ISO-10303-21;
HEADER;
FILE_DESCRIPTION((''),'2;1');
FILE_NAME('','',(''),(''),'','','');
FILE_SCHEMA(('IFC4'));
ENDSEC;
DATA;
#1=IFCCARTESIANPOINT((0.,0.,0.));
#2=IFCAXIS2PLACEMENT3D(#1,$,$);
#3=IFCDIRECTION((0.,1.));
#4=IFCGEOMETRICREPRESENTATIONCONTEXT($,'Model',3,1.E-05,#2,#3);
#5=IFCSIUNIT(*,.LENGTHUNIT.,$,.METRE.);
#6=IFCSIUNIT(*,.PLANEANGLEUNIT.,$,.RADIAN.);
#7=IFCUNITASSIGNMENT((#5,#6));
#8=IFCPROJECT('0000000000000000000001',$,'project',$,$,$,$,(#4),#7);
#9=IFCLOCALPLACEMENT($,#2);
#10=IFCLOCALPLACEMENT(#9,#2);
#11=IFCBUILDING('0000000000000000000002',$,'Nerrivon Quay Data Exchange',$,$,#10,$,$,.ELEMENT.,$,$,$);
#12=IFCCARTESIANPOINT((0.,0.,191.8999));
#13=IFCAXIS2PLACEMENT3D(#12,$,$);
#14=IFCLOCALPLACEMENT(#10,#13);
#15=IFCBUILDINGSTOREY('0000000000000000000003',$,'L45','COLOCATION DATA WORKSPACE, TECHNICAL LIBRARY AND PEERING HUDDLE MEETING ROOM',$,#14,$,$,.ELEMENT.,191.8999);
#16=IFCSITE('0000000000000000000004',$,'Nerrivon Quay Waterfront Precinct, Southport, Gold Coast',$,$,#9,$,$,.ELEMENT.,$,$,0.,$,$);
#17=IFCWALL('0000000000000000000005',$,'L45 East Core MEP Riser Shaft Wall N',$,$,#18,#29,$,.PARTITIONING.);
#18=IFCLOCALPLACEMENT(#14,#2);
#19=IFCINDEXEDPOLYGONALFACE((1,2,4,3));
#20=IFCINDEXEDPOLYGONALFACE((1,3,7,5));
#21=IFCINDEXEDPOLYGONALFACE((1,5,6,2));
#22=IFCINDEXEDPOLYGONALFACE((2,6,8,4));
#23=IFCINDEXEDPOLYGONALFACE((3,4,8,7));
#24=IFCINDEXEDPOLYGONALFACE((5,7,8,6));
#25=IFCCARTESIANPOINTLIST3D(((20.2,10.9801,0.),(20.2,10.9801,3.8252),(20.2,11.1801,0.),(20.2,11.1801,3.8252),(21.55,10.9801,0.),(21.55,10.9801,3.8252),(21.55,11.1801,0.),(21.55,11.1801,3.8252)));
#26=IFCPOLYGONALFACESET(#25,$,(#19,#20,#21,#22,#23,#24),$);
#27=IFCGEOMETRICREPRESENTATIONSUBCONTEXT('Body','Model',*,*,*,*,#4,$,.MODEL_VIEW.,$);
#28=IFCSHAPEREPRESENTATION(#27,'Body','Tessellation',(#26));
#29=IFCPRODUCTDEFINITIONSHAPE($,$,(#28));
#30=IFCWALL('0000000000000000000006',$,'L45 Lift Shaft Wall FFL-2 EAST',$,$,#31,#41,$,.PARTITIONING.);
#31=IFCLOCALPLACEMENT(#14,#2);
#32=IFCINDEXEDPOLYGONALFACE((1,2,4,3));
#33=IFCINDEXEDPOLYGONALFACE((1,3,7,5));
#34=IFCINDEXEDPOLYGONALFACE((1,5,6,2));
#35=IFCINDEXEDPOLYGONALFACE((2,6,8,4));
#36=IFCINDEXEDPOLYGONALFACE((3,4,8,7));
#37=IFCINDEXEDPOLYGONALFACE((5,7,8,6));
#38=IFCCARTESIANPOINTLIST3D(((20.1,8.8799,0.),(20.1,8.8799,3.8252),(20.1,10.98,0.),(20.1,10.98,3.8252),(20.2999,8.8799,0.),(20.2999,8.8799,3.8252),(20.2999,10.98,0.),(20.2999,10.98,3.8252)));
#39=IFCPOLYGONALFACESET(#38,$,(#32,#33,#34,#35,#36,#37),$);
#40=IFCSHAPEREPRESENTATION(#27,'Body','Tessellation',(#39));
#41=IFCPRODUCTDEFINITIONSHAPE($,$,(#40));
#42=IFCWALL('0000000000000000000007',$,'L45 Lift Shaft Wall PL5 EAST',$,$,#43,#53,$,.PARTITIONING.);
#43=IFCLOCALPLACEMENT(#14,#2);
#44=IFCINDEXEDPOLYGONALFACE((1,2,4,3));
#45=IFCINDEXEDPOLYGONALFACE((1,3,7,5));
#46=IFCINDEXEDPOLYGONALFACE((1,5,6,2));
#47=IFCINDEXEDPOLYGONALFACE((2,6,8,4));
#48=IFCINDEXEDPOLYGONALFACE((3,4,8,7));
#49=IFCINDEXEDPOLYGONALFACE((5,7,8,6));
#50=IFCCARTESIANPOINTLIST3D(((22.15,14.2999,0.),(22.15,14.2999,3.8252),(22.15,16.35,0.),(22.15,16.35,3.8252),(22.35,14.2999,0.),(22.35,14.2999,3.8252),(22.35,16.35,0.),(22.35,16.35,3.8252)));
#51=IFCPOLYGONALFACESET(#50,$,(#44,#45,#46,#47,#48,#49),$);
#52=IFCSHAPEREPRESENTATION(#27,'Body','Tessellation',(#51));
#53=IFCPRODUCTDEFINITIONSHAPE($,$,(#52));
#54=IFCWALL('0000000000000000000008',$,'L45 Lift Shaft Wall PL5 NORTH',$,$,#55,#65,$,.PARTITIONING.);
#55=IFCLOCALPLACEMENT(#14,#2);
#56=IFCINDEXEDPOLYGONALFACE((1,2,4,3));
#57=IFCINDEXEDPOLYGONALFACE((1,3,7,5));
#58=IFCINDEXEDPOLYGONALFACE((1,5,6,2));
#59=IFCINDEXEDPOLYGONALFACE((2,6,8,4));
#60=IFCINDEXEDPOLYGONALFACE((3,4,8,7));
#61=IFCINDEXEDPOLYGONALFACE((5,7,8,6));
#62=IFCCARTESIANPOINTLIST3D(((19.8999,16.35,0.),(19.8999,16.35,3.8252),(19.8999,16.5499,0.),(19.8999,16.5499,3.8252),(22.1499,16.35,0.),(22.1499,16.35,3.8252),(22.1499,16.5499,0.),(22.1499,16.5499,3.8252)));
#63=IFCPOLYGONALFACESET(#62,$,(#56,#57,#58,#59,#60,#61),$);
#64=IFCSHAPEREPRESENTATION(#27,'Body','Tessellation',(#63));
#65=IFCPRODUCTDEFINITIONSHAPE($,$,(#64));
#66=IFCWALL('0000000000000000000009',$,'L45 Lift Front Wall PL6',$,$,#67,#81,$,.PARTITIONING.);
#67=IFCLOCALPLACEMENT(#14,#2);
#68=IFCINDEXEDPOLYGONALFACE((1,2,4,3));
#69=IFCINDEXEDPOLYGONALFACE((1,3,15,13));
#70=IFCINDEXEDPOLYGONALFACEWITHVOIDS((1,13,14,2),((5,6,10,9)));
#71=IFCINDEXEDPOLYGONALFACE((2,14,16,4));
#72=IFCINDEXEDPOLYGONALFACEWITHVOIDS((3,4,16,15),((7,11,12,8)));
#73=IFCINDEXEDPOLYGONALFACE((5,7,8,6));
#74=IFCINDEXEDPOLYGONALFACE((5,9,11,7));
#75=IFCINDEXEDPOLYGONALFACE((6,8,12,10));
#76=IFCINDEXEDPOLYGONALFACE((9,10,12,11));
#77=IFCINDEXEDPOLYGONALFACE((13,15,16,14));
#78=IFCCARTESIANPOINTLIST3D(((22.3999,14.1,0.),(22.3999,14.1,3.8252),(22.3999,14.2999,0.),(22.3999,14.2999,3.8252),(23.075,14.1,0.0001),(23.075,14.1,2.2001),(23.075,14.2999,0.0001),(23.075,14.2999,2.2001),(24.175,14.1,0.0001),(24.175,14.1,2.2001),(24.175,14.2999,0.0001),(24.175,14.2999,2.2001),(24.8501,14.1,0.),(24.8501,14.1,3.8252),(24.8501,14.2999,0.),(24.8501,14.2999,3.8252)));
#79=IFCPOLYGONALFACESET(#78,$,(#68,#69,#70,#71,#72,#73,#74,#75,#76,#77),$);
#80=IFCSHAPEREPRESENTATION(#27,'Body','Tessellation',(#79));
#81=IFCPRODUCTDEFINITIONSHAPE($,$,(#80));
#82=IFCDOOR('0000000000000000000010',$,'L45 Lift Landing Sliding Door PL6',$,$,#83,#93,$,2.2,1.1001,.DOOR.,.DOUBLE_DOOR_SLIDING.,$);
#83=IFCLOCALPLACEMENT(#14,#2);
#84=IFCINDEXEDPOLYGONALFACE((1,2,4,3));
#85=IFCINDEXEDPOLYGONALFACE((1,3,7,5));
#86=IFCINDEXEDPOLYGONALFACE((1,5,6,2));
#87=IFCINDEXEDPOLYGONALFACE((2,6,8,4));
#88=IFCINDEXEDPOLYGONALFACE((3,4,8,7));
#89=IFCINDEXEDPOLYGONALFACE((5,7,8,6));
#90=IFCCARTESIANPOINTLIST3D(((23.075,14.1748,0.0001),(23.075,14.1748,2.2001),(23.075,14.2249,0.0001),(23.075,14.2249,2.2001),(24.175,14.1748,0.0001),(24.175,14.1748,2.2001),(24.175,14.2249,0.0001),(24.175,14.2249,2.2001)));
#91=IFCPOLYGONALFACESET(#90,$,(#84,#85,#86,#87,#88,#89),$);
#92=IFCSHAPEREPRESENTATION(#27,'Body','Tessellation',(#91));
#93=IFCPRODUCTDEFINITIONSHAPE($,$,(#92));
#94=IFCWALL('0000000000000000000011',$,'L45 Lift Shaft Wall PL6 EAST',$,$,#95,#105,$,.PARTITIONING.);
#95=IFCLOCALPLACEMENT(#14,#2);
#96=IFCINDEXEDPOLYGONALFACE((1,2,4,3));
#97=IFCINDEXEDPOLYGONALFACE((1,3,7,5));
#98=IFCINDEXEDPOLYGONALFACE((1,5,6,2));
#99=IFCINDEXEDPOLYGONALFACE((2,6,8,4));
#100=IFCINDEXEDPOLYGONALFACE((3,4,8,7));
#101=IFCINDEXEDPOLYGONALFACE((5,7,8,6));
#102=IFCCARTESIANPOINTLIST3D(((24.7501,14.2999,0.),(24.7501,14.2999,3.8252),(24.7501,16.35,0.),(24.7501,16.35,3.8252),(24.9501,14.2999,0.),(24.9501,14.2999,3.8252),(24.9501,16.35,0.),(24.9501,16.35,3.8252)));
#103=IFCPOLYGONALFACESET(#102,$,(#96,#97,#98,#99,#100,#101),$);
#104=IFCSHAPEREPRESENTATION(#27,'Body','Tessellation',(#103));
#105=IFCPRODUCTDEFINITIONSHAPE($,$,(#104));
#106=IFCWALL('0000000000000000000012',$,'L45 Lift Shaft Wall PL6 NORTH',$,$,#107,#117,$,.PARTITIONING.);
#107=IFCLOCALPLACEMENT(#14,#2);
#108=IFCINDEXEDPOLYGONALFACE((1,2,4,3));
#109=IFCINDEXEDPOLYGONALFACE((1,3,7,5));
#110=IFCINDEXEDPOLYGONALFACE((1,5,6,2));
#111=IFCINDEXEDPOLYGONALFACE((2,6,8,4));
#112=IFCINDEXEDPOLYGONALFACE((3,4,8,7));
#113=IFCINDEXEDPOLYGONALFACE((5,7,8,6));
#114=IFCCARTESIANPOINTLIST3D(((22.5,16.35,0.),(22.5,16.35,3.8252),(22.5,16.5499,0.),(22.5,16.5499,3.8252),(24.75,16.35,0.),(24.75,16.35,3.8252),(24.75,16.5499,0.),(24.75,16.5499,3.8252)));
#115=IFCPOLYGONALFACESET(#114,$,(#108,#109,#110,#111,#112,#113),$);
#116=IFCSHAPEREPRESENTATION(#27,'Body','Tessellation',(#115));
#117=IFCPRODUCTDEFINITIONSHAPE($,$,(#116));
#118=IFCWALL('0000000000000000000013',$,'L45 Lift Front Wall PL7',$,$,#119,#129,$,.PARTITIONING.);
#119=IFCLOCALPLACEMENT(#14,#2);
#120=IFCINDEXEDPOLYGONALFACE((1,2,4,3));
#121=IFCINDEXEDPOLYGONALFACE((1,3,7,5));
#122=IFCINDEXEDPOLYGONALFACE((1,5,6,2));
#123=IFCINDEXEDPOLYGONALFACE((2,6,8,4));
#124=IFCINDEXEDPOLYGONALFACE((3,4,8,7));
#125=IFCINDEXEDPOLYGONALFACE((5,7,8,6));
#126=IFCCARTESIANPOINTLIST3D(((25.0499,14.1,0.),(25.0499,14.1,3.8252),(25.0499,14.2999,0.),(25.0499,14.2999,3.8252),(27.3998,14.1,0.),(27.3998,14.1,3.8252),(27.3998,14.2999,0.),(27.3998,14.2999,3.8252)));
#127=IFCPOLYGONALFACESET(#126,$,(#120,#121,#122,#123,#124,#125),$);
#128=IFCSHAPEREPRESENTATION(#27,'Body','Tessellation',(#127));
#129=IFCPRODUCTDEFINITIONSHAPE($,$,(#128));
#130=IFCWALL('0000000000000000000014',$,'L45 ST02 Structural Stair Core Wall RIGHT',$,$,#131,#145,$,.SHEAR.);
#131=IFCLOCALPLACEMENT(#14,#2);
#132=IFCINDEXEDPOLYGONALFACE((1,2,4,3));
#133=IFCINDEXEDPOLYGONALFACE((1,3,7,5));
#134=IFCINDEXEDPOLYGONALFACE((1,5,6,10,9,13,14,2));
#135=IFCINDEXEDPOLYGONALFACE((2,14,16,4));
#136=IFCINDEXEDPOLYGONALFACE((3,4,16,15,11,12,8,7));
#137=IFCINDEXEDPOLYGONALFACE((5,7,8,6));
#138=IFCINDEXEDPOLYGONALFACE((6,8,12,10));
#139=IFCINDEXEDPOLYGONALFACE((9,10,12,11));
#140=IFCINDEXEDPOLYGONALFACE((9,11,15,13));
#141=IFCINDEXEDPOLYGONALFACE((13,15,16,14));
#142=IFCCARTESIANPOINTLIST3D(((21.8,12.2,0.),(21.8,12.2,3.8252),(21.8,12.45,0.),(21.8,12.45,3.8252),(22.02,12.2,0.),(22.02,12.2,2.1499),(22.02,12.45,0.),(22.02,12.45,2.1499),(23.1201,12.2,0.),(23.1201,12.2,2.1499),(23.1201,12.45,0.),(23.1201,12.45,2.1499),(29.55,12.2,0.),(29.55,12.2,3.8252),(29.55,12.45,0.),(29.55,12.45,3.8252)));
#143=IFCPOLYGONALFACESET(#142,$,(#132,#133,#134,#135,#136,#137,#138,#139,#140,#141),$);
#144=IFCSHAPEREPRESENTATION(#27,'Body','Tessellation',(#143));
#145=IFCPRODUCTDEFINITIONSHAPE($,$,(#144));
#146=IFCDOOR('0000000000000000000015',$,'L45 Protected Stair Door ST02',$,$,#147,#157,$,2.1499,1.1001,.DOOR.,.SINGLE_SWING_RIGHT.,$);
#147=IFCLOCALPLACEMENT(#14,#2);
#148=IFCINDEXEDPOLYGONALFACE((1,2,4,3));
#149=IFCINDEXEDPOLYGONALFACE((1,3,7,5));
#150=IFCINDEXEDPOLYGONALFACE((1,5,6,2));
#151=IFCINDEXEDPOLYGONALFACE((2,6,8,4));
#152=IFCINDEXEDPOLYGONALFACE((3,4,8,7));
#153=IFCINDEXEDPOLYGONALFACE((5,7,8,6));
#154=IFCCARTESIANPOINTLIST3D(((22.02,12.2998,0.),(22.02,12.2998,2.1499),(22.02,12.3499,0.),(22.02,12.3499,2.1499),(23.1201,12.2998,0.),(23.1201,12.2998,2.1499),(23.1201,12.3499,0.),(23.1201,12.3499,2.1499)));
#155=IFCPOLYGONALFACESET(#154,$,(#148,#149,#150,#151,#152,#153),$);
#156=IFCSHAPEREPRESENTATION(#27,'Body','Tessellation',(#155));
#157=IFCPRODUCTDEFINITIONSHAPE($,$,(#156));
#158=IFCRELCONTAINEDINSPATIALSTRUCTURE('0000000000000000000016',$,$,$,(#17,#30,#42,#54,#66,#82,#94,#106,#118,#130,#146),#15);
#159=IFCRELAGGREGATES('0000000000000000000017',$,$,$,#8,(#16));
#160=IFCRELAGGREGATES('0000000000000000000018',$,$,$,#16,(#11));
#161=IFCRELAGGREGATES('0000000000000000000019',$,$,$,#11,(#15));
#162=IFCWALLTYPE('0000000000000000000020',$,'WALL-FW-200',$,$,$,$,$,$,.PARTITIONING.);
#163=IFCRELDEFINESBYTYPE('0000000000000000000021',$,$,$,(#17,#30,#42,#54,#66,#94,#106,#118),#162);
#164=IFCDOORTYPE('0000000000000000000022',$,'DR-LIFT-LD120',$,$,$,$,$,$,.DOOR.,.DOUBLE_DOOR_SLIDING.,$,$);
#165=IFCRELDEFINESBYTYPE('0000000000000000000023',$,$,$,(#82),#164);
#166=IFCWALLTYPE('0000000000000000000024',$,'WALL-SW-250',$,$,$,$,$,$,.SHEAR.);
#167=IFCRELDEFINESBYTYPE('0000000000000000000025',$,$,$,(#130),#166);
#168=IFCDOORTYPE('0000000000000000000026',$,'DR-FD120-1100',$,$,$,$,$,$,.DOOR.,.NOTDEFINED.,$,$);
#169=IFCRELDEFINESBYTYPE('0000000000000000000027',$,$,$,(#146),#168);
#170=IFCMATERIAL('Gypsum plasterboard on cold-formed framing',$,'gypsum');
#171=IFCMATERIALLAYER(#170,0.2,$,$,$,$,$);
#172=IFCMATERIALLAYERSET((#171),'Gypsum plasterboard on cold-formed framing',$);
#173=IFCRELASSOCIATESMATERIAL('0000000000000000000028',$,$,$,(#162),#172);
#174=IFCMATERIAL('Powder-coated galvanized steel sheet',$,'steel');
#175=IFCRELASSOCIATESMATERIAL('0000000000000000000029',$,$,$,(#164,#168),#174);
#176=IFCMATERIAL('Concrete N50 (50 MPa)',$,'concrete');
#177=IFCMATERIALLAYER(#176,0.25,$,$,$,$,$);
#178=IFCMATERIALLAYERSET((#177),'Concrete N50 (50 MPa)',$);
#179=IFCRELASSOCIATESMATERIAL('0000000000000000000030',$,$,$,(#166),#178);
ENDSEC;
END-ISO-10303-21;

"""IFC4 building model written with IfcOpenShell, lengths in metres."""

from ifc_helpers import new_model, si_unit, direction, frame, frame_2d, origin, place, context, subcontext, project, spatial, rectangle, extrude, material, layer, layer_set, type_object, element, fill, save


model = new_model("IFC4")

# Units and contexts
model_context = context("Model", 3, precision=1e-05, world=origin(), true_north=direction((0.0, 1.0)))
body_context = subcontext(model_context, "Body", "Model", "MODEL_VIEW")
ifc_project = project(units=[si_unit("LENGTHUNIT", "METRE"), si_unit("PLANEANGLEUNIT", "RADIAN")], contexts=[model_context])

# Site, building, storey
site_placement = place(None, origin())
site = spatial("IfcSite", under=ifc_project, at=site_placement, Name="Nerrivon Quay Waterfront Precinct, Southport, Gold Coast", CompositionType="ELEMENT", RefElevation=0.0)
building_placement = place(site_placement, origin())
building = spatial("IfcBuilding", under=site, at=building_placement, Name="Nerrivon Quay Data Exchange", CompositionType="ELEMENT")
storey_placement = place(building_placement, frame((0.0, 0.0, 191.8999)))
storey = spatial("IfcBuildingStorey", under=building, at=storey_placement, Name="L45", Description="COLOCATION DATA WORKSPACE, TECHNICAL LIBRARY AND PEERING HUDDLE MEETING ROOM", CompositionType="ELEMENT", Elevation=191.8999)

# Walls
ifc_material_1 = material(Name="Gypsum plasterboard on cold-formed framing", Category="gypsum")
ifc_layer_1 = layer(ifc_material_1, 0.2)
ifc_layer_set_1 = layer_set([ifc_layer_1], Name="Gypsum plasterboard on cold-formed framing")
wall_type_1 = type_object("IfcWallType", Name="WALL-FW-200", PredefinedType="PARTITIONING", material=ifc_layer_set_1)
wall_1_placement = place(storey_placement, frame((20.2, 11.0801, 0.0), z_axis=(0.0, 0.0, 1.0), x_axis=(1.0, 0.0, 0.0)))
element("IfcWall", 1, at=wall_1_placement, inside=storey, type_object=wall_type_1, Name="L45 East Core MEP Riser Shaft Wall N", PredefinedType="PARTITIONING", context=body_context, shape_type="SweptSolid", body=[
    extrude(rectangle(XDim=1.3501, YDim=0.2, at=frame_2d((0.675, 0.0))), origin(), (0.0, 0.0, 1.0), 3.8252),
])
wall_2_placement = place(storey_placement, frame((20.2, 8.8799, 0.0), z_axis=(0.0, 0.0, 1.0), x_axis=(0.0, 1.0, 0.0)))
element("IfcWall", 2, at=wall_2_placement, inside=storey, type_object=wall_type_1, Name="L45 Lift Shaft Wall FFL-2 EAST", PredefinedType="PARTITIONING", context=body_context, shape_type="SweptSolid", body=[
    extrude(rectangle(XDim=2.1001, YDim=0.2, at=frame_2d((1.05, 0.0))), origin(), (0.0, 0.0, 1.0), 3.8252),
])
wall_3_placement = place(storey_placement, frame((22.25, 14.3, 0.0), z_axis=(0.0, 0.0, 1.0), x_axis=(0.0, 1.0, 0.0)))
element("IfcWall", 3, at=wall_3_placement, inside=storey, type_object=wall_type_1, Name="L45 Lift Shaft Wall PL5 EAST", PredefinedType="PARTITIONING", context=body_context, shape_type="SweptSolid", body=[
    extrude(rectangle(XDim=2.05, YDim=0.2, at=frame_2d((1.0249, 0.0))), origin(), (0.0, 0.0, 1.0), 3.8252),
])
wall_4_placement = place(storey_placement, frame((19.8999, 16.45, 0.0), z_axis=(0.0, 0.0, 1.0), x_axis=(1.0, 0.0, 0.0)))
element("IfcWall", 4, at=wall_4_placement, inside=storey, type_object=wall_type_1, Name="L45 Lift Shaft Wall PL5 NORTH", PredefinedType="PARTITIONING", context=body_context, shape_type="SweptSolid", body=[
    extrude(rectangle(XDim=2.25, YDim=0.2, at=frame_2d((1.125, 0.0))), origin(), (0.0, 0.0, 1.0), 3.8252),
])

# Wall, opening, door
wall_5_placement = place(storey_placement, frame((22.3999, 14.2, 0.0), z_axis=(0.0, 0.0, 1.0), x_axis=(1.0, 0.0, 0.0)))
wall_5 = element("IfcWall", 5, at=wall_5_placement, inside=storey, type_object=wall_type_1, Name="L45 Lift Front Wall PL6", PredefinedType="PARTITIONING", context=body_context, shape_type="SweptSolid", body=[
    extrude(rectangle(XDim=2.4502, YDim=0.2, at=frame_2d((1.2251, 0.0))), origin(), (0.0, 0.0, 1.0), 3.8252),
])
opening_1_placement = place(wall_5_placement, frame((0.675, 0.0, 0.0)))
opening_1 = element("IfcOpeningElement", 6, at=opening_1_placement, cuts=wall_5, PredefinedType="OPENING", context=body_context, shape_type="SweptSolid", body=[
    extrude(rectangle(XDim=1.1001, YDim=2.2, at=frame_2d((0.55, 1.1001))), frame((0.0, 0.1099, 0.0), z_axis=(0.0, -1.0, 0.0), x_axis=(1.0, 0.0, 0.0)), (0.0, 0.0, 1.0), 0.22),
])
ifc_material_2 = material(Name="Powder-coated galvanized steel sheet", Category="steel")
door_type_1 = type_object("IfcDoorType", Name="DR-LIFT-LD120", OperationType="DOUBLE_DOOR_SLIDING", PredefinedType="DOOR", material=ifc_material_2)
door_1_placement = place(opening_1_placement, origin())
door_1 = element("IfcDoor", 7, at=door_1_placement, inside=storey, type_object=door_type_1, Name="L45 Lift Landing Sliding Door PL6", OperationType="DOUBLE_DOOR_SLIDING", OverallHeight=2.2, OverallWidth=1.1001, PredefinedType="DOOR", context=body_context, shape_type="SweptSolid", body=[
    extrude(rectangle(XDim=1.1001, YDim=2.2, at=frame_2d((0.55, 1.1001))), frame((0.0, 0.0249, 0.0), z_axis=(0.0, -1.0, 0.0), x_axis=(1.0, 0.0, 0.0)), (0.0, 0.0, 1.0), 0.05),
])
fill(opening_1, door_1)

# Walls
wall_6_placement = place(storey_placement, frame((24.8501, 14.3, 0.0), z_axis=(0.0, 0.0, 1.0), x_axis=(0.0, 1.0, 0.0)))
element("IfcWall", 8, at=wall_6_placement, inside=storey, type_object=wall_type_1, Name="L45 Lift Shaft Wall PL6 EAST", PredefinedType="PARTITIONING", context=body_context, shape_type="SweptSolid", body=[
    extrude(rectangle(XDim=2.05, YDim=0.2, at=frame_2d((1.0249, 0.0))), origin(), (0.0, 0.0, 1.0), 3.8252),
])
wall_7_placement = place(storey_placement, frame((22.5, 16.45, 0.0), z_axis=(0.0, 0.0, 1.0), x_axis=(1.0, 0.0, 0.0)))
element("IfcWall", 9, at=wall_7_placement, inside=storey, type_object=wall_type_1, Name="L45 Lift Shaft Wall PL6 NORTH", PredefinedType="PARTITIONING", context=body_context, shape_type="SweptSolid", body=[
    extrude(rectangle(XDim=2.25, YDim=0.2, at=frame_2d((1.125, 0.0))), origin(), (0.0, 0.0, 1.0), 3.8252),
])
wall_8_placement = place(storey_placement, frame((25.05, 14.2, 0.0), z_axis=(0.0, 0.0, 1.0), x_axis=(1.0, 0.0, 0.0)))
element("IfcWall", 10, at=wall_8_placement, inside=storey, type_object=wall_type_1, Name="L45 Lift Front Wall PL7", PredefinedType="PARTITIONING", context=body_context, shape_type="SweptSolid", body=[
    extrude(rectangle(XDim=2.3499, YDim=0.2, at=frame_2d((1.1748, 0.0))), origin(), (0.0, 0.0, 1.0), 3.8252),
])

# Wall, opening, door
ifc_material_3 = material(Name="Concrete N50 (50 MPa)", Category="concrete")
ifc_layer_2 = layer(ifc_material_3, 0.25)
ifc_layer_set_2 = layer_set([ifc_layer_2], Name="Concrete N50 (50 MPa)")
wall_type_2 = type_object("IfcWallType", Name="WALL-SW-250", PredefinedType="SHEAR", material=ifc_layer_set_2)
wall_9_placement = place(storey_placement, frame((21.8, 12.325, 0.0), z_axis=(0.0, 0.0, 1.0), x_axis=(1.0, 0.0, 0.0)))
wall_9 = element("IfcWall", 11, at=wall_9_placement, inside=storey, type_object=wall_type_2, Name="L45 ST02 Structural Stair Core Wall RIGHT", PredefinedType="SHEAR", context=body_context, shape_type="SweptSolid", body=[
    extrude(rectangle(XDim=7.75, YDim=0.25, at=frame_2d((3.875, 0.0))), origin(), (0.0, 0.0, 1.0), 3.8252),
])
opening_2_placement = place(wall_9_placement, frame((0.22, 0.0, 0.0)))
opening_2 = element("IfcOpeningElement", 12, at=opening_2_placement, cuts=wall_9, PredefinedType="OPENING", context=body_context, shape_type="SweptSolid", body=[
    extrude(rectangle(XDim=1.1001, YDim=2.1499, at=frame_2d((0.55, 1.075))), frame((0.0, 0.135, 0.0), z_axis=(0.0, -1.0, 0.0), x_axis=(1.0, 0.0, 0.0)), (0.0, 0.0, 1.0), 0.27),
])
door_type_2 = type_object("IfcDoorType", Name="DR-FD120-1100", OperationType="NOTDEFINED", PredefinedType="DOOR", material=ifc_material_2)
door_2_placement = place(opening_2_placement, origin())
door_2 = element("IfcDoor", 13, at=door_2_placement, inside=storey, type_object=door_type_2, Name="L45 Protected Stair Door ST02", OperationType="SINGLE_SWING_RIGHT", OverallHeight=2.1499, OverallWidth=1.1001, PredefinedType="DOOR", context=body_context, shape_type="SweptSolid", body=[
    extrude(rectangle(XDim=1.1001, YDim=2.1499, at=frame_2d((0.55, 1.075))), frame((0.0, 0.0249, 0.0), z_axis=(0.0, -1.0, 0.0), x_axis=(1.0, 0.0, 0.0)), (0.0, 0.0, 1.0), 0.05),
])
fill(opening_2, door_2)

save(model, "model.ifc")
